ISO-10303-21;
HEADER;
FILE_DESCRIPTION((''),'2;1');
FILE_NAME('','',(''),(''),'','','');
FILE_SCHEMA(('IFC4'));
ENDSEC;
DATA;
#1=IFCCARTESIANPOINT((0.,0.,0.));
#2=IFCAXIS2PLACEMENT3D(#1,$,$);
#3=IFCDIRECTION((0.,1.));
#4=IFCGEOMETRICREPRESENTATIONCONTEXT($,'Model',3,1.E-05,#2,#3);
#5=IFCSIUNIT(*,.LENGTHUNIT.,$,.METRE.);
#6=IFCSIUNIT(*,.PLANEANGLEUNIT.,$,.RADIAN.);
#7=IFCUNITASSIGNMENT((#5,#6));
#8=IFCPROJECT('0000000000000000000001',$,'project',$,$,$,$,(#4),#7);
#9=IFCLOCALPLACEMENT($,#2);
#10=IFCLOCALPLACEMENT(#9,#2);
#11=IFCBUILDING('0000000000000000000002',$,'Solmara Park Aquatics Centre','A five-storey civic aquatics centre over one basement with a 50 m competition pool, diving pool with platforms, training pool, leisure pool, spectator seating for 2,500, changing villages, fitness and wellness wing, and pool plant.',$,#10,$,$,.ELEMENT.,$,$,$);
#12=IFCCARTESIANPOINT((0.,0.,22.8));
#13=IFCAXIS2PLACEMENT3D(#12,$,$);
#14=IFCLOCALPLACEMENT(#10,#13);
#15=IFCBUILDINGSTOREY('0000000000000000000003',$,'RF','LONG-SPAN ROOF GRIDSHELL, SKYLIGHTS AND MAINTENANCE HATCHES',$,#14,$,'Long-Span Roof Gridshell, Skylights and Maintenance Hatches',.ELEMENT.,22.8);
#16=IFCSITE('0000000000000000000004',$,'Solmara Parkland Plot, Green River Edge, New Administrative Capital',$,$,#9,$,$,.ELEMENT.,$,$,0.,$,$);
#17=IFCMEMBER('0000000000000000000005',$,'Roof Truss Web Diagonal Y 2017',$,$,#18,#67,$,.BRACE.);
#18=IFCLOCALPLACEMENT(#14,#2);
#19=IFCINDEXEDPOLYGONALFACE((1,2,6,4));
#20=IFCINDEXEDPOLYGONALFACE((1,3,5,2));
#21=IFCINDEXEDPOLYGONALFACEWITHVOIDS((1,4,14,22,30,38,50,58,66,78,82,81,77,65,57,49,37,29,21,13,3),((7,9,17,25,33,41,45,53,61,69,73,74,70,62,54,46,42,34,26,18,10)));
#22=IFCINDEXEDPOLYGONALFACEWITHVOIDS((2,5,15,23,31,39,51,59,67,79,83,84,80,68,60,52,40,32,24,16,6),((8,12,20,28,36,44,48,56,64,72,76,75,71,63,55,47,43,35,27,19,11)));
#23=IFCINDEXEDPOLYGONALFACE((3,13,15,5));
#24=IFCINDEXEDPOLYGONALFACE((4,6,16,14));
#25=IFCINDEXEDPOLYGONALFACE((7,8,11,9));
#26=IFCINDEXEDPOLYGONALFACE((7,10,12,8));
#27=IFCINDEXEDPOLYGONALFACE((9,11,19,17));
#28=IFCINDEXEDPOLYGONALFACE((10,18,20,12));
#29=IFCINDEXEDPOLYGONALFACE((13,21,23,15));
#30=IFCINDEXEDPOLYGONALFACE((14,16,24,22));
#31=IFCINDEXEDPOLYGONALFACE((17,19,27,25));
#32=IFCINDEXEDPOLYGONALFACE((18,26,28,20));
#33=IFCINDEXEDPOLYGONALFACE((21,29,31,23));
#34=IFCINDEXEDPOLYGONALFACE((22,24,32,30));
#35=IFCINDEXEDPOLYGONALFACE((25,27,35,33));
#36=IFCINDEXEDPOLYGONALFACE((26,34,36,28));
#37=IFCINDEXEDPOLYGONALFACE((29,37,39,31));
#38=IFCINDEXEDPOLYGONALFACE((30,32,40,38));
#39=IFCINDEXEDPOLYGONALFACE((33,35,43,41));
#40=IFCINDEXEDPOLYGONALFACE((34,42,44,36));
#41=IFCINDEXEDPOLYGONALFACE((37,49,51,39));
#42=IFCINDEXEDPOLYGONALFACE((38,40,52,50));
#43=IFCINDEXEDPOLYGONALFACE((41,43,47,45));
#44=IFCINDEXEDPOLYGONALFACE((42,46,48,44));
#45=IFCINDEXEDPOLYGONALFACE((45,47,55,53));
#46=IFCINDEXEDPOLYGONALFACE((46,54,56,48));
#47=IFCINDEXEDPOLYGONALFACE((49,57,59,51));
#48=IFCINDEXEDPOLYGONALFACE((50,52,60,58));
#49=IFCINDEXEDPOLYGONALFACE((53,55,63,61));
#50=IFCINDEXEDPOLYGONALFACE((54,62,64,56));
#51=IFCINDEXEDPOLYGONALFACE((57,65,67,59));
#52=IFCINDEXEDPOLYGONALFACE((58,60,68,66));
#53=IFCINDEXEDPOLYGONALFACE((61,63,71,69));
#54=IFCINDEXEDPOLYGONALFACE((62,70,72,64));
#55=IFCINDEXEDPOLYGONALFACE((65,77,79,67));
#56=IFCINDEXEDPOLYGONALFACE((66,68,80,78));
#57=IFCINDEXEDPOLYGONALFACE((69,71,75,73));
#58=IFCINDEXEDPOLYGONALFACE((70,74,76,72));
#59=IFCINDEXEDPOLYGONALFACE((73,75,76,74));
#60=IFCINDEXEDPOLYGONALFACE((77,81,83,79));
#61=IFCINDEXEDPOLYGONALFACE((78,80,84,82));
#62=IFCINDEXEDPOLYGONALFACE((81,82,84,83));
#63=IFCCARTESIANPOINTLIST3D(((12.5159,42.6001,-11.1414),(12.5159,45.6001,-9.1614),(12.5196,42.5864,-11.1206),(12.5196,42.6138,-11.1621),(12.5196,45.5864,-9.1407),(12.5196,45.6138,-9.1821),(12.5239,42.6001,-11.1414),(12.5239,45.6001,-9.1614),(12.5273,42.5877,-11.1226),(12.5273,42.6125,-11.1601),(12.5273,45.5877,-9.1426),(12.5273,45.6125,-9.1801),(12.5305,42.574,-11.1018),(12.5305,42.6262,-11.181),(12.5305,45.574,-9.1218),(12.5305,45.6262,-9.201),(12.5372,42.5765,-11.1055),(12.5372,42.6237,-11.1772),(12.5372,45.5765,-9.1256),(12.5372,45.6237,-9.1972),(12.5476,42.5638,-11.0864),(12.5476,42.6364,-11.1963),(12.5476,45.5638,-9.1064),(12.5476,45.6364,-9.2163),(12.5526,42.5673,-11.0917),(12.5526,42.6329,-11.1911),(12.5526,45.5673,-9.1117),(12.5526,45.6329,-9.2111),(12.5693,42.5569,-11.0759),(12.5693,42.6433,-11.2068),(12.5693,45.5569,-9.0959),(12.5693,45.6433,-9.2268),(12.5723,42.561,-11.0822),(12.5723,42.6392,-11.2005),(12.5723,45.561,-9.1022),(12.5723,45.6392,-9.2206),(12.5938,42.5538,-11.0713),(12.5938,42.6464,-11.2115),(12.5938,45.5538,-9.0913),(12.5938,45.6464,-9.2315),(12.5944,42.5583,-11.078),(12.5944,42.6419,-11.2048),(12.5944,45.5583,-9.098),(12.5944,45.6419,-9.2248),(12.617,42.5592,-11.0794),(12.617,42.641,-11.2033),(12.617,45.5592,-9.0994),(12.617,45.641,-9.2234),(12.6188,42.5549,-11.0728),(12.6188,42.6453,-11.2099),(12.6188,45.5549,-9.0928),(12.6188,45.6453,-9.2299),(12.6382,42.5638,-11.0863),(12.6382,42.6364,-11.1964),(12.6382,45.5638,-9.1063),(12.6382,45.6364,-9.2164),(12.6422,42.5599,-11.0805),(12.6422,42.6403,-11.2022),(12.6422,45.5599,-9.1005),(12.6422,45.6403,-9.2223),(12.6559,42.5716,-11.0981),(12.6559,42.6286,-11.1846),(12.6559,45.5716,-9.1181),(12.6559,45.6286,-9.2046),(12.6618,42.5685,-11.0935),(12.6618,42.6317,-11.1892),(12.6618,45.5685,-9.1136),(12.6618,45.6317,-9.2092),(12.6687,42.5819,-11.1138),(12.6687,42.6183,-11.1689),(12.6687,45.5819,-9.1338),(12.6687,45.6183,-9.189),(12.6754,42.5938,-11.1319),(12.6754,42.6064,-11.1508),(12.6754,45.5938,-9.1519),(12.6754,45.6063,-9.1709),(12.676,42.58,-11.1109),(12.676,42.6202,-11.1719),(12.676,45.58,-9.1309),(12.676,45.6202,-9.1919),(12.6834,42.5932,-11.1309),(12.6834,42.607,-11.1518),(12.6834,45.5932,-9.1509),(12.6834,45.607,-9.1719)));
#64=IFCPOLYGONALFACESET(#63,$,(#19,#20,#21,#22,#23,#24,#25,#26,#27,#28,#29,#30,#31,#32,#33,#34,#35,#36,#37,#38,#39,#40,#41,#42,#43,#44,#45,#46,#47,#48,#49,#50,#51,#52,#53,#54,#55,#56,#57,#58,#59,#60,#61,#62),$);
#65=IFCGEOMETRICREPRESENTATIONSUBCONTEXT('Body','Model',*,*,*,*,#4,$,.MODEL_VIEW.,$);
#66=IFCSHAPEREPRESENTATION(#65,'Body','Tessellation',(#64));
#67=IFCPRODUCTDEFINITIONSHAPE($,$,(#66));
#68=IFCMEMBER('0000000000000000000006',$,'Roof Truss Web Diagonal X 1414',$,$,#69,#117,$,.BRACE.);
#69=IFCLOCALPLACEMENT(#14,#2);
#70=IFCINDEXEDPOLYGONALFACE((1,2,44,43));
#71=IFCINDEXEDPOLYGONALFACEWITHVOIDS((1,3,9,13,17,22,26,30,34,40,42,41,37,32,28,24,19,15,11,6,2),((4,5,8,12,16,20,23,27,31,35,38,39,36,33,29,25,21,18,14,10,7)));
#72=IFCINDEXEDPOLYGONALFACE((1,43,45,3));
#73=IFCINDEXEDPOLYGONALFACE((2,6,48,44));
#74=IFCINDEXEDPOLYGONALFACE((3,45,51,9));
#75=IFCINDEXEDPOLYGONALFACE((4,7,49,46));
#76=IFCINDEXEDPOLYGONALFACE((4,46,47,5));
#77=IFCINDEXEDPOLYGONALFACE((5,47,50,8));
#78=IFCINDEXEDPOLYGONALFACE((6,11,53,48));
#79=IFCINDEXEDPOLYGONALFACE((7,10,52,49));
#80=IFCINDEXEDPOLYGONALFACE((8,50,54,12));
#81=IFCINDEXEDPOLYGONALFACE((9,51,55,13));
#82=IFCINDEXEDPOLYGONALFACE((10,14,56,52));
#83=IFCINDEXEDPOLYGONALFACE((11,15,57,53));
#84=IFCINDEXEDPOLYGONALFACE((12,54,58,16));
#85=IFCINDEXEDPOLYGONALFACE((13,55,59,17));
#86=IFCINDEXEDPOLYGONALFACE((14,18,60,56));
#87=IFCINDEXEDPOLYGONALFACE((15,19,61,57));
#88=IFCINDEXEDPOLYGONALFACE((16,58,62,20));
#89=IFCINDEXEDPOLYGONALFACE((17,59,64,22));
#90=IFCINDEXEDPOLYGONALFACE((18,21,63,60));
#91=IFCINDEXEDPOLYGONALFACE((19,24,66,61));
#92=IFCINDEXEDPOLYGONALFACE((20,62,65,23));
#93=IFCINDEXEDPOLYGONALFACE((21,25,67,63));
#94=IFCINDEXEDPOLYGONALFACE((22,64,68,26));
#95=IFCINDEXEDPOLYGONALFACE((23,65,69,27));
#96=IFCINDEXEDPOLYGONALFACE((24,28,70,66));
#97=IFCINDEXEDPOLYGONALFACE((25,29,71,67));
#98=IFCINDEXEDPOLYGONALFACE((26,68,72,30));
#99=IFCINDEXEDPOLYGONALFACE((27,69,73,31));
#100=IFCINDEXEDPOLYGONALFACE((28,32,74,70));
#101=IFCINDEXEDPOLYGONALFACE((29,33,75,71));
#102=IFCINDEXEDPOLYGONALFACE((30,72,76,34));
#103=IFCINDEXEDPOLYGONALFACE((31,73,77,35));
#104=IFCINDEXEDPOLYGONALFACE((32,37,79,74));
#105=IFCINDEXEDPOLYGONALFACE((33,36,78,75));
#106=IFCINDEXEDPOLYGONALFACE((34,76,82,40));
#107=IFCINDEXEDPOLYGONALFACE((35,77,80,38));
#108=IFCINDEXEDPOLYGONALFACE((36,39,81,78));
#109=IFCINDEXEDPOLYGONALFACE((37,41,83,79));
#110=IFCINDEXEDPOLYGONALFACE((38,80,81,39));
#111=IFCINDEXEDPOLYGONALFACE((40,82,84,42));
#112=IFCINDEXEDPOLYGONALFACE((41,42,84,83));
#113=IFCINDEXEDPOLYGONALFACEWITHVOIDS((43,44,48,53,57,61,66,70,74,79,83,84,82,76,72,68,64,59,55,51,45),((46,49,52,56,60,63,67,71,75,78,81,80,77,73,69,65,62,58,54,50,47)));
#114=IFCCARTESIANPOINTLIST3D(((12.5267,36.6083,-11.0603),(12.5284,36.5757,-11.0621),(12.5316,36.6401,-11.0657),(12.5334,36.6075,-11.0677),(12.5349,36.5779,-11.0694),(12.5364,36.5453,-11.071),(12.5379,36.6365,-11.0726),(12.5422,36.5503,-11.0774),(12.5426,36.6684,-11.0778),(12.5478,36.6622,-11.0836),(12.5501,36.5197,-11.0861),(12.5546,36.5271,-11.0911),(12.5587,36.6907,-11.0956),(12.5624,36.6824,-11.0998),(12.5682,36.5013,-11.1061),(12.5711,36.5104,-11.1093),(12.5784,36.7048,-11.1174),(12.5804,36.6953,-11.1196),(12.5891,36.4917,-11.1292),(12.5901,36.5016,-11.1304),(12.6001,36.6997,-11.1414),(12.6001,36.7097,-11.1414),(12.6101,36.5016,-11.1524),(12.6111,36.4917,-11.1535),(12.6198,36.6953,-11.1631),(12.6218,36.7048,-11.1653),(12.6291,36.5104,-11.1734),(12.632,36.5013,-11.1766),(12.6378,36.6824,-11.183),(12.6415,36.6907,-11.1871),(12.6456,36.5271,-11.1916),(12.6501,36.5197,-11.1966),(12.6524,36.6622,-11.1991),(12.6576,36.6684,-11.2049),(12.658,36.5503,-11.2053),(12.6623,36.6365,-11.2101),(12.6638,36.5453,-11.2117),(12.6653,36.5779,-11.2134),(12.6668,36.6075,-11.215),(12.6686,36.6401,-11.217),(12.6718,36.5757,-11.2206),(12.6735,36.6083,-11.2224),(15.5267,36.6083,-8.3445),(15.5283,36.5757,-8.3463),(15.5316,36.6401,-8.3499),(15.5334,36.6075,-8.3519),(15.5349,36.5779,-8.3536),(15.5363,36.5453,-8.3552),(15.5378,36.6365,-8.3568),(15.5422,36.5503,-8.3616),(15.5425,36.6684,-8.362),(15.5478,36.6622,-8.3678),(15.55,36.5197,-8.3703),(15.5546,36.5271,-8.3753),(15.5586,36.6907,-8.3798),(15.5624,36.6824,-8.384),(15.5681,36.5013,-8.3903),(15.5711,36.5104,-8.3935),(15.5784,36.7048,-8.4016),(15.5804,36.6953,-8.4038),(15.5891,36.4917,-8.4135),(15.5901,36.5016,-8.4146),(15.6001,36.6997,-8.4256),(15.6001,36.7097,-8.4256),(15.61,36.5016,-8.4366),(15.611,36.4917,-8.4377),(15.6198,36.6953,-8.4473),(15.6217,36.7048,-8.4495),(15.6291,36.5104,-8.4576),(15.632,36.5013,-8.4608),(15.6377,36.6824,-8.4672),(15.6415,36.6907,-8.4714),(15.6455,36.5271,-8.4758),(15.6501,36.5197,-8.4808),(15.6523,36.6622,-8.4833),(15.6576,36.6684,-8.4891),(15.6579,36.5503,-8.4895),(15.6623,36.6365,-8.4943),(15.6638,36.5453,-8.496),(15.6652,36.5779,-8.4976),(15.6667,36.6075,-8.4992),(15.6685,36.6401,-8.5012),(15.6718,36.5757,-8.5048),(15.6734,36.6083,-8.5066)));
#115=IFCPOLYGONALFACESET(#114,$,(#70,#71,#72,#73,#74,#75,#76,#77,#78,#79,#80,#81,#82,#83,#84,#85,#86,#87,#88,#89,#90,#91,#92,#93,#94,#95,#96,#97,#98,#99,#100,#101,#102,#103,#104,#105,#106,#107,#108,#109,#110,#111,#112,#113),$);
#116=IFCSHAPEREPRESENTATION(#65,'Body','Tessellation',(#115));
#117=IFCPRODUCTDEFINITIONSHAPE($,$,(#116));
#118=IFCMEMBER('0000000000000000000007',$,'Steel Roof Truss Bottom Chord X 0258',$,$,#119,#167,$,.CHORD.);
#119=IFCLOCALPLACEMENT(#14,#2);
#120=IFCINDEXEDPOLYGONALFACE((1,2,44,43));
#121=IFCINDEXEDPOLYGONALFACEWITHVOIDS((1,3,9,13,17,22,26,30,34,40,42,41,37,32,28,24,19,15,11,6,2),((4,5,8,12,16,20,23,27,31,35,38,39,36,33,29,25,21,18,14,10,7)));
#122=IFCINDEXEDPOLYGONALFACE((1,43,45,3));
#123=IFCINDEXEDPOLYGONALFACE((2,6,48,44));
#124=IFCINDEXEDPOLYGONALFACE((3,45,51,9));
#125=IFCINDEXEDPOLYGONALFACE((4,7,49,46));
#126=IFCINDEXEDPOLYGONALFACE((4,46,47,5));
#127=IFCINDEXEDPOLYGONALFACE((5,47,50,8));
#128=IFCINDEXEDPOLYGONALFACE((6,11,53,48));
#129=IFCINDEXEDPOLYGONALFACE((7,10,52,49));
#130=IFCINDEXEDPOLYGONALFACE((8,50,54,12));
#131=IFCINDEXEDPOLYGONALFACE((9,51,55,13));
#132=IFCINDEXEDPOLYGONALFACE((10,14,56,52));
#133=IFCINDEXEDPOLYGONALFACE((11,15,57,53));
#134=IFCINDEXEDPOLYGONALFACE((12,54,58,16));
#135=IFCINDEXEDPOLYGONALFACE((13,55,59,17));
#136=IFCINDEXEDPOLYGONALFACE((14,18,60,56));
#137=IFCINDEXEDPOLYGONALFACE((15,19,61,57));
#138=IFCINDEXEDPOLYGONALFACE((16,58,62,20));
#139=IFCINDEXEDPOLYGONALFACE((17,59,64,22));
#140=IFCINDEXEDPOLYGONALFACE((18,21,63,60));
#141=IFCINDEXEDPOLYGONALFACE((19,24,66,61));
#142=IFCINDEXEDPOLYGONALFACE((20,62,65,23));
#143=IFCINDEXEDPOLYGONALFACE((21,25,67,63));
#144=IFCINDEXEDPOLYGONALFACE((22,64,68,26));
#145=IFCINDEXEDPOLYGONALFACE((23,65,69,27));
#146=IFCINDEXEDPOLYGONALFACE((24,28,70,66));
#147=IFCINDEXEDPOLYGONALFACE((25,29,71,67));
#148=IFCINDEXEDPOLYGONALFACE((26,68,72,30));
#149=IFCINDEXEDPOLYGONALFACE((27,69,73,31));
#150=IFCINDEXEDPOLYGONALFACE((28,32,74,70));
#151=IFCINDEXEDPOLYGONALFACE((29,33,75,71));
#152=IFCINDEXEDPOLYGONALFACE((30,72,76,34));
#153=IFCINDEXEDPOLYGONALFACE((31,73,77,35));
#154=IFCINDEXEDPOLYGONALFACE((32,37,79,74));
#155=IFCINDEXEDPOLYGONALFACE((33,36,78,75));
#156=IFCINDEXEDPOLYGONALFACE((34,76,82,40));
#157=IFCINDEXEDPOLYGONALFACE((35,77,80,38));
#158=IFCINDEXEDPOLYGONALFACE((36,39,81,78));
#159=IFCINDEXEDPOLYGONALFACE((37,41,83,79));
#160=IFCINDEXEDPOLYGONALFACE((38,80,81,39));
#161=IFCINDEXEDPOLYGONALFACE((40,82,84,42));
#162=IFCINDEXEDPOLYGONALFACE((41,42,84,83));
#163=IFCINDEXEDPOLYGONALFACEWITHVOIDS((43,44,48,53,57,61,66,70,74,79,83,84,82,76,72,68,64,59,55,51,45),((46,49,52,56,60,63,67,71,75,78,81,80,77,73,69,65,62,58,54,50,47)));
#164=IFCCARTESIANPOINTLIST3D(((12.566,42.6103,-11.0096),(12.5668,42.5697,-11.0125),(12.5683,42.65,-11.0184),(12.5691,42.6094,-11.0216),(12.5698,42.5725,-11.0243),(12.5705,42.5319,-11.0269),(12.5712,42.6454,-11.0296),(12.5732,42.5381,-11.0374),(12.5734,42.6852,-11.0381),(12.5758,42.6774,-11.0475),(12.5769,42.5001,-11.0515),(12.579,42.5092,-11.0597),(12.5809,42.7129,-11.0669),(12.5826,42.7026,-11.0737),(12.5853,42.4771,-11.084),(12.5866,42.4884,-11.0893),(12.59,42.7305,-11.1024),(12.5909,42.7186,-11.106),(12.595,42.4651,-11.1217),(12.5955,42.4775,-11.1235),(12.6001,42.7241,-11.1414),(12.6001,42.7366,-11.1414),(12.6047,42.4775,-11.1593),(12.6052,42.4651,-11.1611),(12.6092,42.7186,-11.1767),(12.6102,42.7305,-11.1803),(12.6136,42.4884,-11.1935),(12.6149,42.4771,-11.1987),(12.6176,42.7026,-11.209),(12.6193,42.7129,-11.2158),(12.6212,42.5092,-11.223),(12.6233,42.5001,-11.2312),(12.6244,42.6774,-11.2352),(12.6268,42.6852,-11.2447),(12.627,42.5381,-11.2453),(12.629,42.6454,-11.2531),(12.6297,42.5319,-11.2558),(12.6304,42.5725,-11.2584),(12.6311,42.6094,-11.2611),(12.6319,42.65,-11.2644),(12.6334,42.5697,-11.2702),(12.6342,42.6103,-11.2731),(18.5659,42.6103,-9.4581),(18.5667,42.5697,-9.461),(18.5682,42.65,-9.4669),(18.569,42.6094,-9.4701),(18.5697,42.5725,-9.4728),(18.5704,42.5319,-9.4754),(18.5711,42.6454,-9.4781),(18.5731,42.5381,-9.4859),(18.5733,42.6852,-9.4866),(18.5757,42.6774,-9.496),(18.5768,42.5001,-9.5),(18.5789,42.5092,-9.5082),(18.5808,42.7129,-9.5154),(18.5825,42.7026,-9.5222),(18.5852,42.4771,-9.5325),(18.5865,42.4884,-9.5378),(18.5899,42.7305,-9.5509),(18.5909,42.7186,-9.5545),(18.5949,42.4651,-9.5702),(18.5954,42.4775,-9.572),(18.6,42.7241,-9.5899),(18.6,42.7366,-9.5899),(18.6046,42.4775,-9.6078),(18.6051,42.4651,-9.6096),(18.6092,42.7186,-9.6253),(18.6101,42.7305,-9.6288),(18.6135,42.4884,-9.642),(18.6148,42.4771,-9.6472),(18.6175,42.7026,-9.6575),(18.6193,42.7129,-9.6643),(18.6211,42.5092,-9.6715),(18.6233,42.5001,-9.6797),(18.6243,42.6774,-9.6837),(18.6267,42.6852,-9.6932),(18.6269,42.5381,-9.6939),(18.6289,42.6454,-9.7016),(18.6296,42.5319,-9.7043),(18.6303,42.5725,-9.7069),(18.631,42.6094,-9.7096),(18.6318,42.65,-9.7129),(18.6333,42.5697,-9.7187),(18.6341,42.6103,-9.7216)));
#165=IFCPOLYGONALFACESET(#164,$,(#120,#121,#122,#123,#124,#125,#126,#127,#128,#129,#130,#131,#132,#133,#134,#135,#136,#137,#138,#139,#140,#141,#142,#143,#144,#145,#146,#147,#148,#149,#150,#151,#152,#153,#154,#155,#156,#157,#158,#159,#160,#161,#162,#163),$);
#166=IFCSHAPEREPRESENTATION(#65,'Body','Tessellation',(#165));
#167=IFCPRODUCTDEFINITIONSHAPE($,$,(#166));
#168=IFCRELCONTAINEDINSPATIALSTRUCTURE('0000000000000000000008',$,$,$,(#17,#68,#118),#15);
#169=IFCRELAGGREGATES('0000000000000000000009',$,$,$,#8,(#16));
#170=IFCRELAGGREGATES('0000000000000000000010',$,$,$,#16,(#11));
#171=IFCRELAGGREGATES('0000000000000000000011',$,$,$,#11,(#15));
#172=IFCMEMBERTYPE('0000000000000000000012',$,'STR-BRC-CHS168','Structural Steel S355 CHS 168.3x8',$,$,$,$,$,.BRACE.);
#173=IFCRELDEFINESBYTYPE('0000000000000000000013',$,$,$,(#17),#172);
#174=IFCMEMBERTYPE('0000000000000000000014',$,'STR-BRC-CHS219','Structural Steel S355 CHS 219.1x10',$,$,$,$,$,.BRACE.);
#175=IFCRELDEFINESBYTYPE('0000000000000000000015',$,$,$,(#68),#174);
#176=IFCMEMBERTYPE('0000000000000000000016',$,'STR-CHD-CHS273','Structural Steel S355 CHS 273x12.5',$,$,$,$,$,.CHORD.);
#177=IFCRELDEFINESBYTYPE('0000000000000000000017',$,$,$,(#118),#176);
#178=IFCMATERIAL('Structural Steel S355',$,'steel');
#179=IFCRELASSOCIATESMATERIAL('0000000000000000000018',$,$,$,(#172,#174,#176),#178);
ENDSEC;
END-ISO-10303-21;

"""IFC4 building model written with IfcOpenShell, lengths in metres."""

from ifc_helpers import new_model, si_unit, direction, frame, origin, origin_2d, place, context, subcontext, project, spatial, hollow_circle, extrude, material, material_profile, profile_set, type_object, element, save


model = new_model("IFC4")

# Units and contexts
model_context = context("Model", 3, precision=1e-05, world=origin(), true_north=direction((0.0, 1.0)))
body_context = subcontext(model_context, "Body", "Model", "MODEL_VIEW")
ifc_project = project(units=[si_unit("LENGTHUNIT", "METRE"), si_unit("PLANEANGLEUNIT", "RADIAN")], contexts=[model_context])

# Site, building, storey
site_placement = place(None, origin())
site = spatial("IfcSite", under=ifc_project, at=site_placement, Name="Solmara Parkland Plot, Green River Edge, New Administrative Capital", CompositionType="ELEMENT", RefElevation=0.0)
building_placement = place(site_placement, origin())
building = spatial("IfcBuilding", under=site, at=building_placement, Name="Solmara Park Aquatics Centre", Description="A five-storey civic aquatics centre over one basement with a 50 m competition pool, diving pool with platforms, training pool, leisure pool, spectator seating for 2,500, changing villages, fitness and wellness wing, and pool plant.", CompositionType="ELEMENT")
storey_placement = place(building_placement, frame((0.0, 0.0, 22.8)))
storey = spatial("IfcBuildingStorey", under=building, at=storey_placement, Name="RF", Description="LONG-SPAN ROOF GRIDSHELL, SKYLIGHTS AND MAINTENANCE HATCHES", LongName="Long-Span Roof Gridshell, Skylights and Maintenance Hatches", CompositionType="ELEMENT", Elevation=22.8)

# Members
ifc_material_1 = material(Name="Structural Steel S355", Category="steel")
ifc_material_profile_1 = material_profile(ifc_material_1, hollow_circle(Radius=0.0842, WallThickness=0.0081, at=origin_2d()), Name="CHS 168.3x8")
ifc_profile_set_1 = profile_set([ifc_material_profile_1], Name="Structural Steel S355")
member_type_1 = type_object("IfcMemberType", Name="STR-BRC-CHS168", Description="Structural Steel S355 CHS 168.3x8", PredefinedType="BRACE", material=ifc_profile_set_1)
for number, where, z_axis, x_axis, name in (
    (1, (12.6001, 42.6001, -11.1414), (0.0, 0.834612, 0.550838), (-1.0, 0.0, 0.0), "Roof Truss Web Diagonal Y 2017"),
):
    element("IfcMember", number, at=place(storey_placement, frame(where, z_axis=z_axis, x_axis=x_axis)), inside=storey, type_object=member_type_1, Name=name, PredefinedType="BRACE", context=body_context, shape_type="SweptSolid", body=[
        extrude(hollow_circle(Radius=0.0842, WallThickness=0.0081, at=origin_2d()), origin(), (0.0, 0.0, 1.0), 3.5945),
    ])
ifc_material_profile_2 = material_profile(ifc_material_1, hollow_circle(Radius=0.1096, WallThickness=0.01, at=origin_2d()), Name="CHS 219.1x10")
ifc_profile_set_2 = profile_set([ifc_material_profile_2], Name="Structural Steel S355")
member_type_2 = type_object("IfcMemberType", Name="STR-BRC-CHS219", Description="Structural Steel S355 CHS 219.1x10", PredefinedType="BRACE", material=ifc_profile_set_2)
member_1_placement = place(storey_placement, frame((12.6001, 36.6001, -11.1414), z_axis=(0.741347, 0.0, 0.671122), x_axis=(0.0, 1.0, 0.0)))
element("IfcMember", 2, at=member_1_placement, inside=storey, type_object=member_type_2, Name="Roof Truss Web Diagonal X 1414", PredefinedType="BRACE", context=body_context, shape_type="SweptSolid", body=[
    extrude(hollow_circle(Radius=0.1096, WallThickness=0.01, at=origin_2d()), origin(), (0.0, 0.0, 1.0), 4.0466),
])
ifc_material_profile_3 = material_profile(ifc_material_1, hollow_circle(Radius=0.1365, WallThickness=0.0125, at=origin_2d()), Name="CHS 273x12.5")
ifc_profile_set_3 = profile_set([ifc_material_profile_3], Name="Structural Steel S355")
member_type_3 = type_object("IfcMemberType", Name="STR-CHD-CHS273", Description="Structural Steel S355 CHS 273x12.5", PredefinedType="CHORD", material=ifc_profile_set_3)
member_2_placement = place(storey_placement, frame((12.6001, 42.6001, -11.1414), z_axis=(0.968155, 0.0, 0.250351), x_axis=(0.0, 1.0, 0.0)))
element("IfcMember", 3, at=member_2_placement, inside=storey, type_object=member_type_3, Name="Steel Roof Truss Bottom Chord X 0258", PredefinedType="CHORD", context=body_context, shape_type="SweptSolid", body=[
    extrude(hollow_circle(Radius=0.1365, WallThickness=0.0125, at=origin_2d()), origin(), (0.0, 0.0, 1.0), 6.1973),
])

save(model, "model.ifc")
